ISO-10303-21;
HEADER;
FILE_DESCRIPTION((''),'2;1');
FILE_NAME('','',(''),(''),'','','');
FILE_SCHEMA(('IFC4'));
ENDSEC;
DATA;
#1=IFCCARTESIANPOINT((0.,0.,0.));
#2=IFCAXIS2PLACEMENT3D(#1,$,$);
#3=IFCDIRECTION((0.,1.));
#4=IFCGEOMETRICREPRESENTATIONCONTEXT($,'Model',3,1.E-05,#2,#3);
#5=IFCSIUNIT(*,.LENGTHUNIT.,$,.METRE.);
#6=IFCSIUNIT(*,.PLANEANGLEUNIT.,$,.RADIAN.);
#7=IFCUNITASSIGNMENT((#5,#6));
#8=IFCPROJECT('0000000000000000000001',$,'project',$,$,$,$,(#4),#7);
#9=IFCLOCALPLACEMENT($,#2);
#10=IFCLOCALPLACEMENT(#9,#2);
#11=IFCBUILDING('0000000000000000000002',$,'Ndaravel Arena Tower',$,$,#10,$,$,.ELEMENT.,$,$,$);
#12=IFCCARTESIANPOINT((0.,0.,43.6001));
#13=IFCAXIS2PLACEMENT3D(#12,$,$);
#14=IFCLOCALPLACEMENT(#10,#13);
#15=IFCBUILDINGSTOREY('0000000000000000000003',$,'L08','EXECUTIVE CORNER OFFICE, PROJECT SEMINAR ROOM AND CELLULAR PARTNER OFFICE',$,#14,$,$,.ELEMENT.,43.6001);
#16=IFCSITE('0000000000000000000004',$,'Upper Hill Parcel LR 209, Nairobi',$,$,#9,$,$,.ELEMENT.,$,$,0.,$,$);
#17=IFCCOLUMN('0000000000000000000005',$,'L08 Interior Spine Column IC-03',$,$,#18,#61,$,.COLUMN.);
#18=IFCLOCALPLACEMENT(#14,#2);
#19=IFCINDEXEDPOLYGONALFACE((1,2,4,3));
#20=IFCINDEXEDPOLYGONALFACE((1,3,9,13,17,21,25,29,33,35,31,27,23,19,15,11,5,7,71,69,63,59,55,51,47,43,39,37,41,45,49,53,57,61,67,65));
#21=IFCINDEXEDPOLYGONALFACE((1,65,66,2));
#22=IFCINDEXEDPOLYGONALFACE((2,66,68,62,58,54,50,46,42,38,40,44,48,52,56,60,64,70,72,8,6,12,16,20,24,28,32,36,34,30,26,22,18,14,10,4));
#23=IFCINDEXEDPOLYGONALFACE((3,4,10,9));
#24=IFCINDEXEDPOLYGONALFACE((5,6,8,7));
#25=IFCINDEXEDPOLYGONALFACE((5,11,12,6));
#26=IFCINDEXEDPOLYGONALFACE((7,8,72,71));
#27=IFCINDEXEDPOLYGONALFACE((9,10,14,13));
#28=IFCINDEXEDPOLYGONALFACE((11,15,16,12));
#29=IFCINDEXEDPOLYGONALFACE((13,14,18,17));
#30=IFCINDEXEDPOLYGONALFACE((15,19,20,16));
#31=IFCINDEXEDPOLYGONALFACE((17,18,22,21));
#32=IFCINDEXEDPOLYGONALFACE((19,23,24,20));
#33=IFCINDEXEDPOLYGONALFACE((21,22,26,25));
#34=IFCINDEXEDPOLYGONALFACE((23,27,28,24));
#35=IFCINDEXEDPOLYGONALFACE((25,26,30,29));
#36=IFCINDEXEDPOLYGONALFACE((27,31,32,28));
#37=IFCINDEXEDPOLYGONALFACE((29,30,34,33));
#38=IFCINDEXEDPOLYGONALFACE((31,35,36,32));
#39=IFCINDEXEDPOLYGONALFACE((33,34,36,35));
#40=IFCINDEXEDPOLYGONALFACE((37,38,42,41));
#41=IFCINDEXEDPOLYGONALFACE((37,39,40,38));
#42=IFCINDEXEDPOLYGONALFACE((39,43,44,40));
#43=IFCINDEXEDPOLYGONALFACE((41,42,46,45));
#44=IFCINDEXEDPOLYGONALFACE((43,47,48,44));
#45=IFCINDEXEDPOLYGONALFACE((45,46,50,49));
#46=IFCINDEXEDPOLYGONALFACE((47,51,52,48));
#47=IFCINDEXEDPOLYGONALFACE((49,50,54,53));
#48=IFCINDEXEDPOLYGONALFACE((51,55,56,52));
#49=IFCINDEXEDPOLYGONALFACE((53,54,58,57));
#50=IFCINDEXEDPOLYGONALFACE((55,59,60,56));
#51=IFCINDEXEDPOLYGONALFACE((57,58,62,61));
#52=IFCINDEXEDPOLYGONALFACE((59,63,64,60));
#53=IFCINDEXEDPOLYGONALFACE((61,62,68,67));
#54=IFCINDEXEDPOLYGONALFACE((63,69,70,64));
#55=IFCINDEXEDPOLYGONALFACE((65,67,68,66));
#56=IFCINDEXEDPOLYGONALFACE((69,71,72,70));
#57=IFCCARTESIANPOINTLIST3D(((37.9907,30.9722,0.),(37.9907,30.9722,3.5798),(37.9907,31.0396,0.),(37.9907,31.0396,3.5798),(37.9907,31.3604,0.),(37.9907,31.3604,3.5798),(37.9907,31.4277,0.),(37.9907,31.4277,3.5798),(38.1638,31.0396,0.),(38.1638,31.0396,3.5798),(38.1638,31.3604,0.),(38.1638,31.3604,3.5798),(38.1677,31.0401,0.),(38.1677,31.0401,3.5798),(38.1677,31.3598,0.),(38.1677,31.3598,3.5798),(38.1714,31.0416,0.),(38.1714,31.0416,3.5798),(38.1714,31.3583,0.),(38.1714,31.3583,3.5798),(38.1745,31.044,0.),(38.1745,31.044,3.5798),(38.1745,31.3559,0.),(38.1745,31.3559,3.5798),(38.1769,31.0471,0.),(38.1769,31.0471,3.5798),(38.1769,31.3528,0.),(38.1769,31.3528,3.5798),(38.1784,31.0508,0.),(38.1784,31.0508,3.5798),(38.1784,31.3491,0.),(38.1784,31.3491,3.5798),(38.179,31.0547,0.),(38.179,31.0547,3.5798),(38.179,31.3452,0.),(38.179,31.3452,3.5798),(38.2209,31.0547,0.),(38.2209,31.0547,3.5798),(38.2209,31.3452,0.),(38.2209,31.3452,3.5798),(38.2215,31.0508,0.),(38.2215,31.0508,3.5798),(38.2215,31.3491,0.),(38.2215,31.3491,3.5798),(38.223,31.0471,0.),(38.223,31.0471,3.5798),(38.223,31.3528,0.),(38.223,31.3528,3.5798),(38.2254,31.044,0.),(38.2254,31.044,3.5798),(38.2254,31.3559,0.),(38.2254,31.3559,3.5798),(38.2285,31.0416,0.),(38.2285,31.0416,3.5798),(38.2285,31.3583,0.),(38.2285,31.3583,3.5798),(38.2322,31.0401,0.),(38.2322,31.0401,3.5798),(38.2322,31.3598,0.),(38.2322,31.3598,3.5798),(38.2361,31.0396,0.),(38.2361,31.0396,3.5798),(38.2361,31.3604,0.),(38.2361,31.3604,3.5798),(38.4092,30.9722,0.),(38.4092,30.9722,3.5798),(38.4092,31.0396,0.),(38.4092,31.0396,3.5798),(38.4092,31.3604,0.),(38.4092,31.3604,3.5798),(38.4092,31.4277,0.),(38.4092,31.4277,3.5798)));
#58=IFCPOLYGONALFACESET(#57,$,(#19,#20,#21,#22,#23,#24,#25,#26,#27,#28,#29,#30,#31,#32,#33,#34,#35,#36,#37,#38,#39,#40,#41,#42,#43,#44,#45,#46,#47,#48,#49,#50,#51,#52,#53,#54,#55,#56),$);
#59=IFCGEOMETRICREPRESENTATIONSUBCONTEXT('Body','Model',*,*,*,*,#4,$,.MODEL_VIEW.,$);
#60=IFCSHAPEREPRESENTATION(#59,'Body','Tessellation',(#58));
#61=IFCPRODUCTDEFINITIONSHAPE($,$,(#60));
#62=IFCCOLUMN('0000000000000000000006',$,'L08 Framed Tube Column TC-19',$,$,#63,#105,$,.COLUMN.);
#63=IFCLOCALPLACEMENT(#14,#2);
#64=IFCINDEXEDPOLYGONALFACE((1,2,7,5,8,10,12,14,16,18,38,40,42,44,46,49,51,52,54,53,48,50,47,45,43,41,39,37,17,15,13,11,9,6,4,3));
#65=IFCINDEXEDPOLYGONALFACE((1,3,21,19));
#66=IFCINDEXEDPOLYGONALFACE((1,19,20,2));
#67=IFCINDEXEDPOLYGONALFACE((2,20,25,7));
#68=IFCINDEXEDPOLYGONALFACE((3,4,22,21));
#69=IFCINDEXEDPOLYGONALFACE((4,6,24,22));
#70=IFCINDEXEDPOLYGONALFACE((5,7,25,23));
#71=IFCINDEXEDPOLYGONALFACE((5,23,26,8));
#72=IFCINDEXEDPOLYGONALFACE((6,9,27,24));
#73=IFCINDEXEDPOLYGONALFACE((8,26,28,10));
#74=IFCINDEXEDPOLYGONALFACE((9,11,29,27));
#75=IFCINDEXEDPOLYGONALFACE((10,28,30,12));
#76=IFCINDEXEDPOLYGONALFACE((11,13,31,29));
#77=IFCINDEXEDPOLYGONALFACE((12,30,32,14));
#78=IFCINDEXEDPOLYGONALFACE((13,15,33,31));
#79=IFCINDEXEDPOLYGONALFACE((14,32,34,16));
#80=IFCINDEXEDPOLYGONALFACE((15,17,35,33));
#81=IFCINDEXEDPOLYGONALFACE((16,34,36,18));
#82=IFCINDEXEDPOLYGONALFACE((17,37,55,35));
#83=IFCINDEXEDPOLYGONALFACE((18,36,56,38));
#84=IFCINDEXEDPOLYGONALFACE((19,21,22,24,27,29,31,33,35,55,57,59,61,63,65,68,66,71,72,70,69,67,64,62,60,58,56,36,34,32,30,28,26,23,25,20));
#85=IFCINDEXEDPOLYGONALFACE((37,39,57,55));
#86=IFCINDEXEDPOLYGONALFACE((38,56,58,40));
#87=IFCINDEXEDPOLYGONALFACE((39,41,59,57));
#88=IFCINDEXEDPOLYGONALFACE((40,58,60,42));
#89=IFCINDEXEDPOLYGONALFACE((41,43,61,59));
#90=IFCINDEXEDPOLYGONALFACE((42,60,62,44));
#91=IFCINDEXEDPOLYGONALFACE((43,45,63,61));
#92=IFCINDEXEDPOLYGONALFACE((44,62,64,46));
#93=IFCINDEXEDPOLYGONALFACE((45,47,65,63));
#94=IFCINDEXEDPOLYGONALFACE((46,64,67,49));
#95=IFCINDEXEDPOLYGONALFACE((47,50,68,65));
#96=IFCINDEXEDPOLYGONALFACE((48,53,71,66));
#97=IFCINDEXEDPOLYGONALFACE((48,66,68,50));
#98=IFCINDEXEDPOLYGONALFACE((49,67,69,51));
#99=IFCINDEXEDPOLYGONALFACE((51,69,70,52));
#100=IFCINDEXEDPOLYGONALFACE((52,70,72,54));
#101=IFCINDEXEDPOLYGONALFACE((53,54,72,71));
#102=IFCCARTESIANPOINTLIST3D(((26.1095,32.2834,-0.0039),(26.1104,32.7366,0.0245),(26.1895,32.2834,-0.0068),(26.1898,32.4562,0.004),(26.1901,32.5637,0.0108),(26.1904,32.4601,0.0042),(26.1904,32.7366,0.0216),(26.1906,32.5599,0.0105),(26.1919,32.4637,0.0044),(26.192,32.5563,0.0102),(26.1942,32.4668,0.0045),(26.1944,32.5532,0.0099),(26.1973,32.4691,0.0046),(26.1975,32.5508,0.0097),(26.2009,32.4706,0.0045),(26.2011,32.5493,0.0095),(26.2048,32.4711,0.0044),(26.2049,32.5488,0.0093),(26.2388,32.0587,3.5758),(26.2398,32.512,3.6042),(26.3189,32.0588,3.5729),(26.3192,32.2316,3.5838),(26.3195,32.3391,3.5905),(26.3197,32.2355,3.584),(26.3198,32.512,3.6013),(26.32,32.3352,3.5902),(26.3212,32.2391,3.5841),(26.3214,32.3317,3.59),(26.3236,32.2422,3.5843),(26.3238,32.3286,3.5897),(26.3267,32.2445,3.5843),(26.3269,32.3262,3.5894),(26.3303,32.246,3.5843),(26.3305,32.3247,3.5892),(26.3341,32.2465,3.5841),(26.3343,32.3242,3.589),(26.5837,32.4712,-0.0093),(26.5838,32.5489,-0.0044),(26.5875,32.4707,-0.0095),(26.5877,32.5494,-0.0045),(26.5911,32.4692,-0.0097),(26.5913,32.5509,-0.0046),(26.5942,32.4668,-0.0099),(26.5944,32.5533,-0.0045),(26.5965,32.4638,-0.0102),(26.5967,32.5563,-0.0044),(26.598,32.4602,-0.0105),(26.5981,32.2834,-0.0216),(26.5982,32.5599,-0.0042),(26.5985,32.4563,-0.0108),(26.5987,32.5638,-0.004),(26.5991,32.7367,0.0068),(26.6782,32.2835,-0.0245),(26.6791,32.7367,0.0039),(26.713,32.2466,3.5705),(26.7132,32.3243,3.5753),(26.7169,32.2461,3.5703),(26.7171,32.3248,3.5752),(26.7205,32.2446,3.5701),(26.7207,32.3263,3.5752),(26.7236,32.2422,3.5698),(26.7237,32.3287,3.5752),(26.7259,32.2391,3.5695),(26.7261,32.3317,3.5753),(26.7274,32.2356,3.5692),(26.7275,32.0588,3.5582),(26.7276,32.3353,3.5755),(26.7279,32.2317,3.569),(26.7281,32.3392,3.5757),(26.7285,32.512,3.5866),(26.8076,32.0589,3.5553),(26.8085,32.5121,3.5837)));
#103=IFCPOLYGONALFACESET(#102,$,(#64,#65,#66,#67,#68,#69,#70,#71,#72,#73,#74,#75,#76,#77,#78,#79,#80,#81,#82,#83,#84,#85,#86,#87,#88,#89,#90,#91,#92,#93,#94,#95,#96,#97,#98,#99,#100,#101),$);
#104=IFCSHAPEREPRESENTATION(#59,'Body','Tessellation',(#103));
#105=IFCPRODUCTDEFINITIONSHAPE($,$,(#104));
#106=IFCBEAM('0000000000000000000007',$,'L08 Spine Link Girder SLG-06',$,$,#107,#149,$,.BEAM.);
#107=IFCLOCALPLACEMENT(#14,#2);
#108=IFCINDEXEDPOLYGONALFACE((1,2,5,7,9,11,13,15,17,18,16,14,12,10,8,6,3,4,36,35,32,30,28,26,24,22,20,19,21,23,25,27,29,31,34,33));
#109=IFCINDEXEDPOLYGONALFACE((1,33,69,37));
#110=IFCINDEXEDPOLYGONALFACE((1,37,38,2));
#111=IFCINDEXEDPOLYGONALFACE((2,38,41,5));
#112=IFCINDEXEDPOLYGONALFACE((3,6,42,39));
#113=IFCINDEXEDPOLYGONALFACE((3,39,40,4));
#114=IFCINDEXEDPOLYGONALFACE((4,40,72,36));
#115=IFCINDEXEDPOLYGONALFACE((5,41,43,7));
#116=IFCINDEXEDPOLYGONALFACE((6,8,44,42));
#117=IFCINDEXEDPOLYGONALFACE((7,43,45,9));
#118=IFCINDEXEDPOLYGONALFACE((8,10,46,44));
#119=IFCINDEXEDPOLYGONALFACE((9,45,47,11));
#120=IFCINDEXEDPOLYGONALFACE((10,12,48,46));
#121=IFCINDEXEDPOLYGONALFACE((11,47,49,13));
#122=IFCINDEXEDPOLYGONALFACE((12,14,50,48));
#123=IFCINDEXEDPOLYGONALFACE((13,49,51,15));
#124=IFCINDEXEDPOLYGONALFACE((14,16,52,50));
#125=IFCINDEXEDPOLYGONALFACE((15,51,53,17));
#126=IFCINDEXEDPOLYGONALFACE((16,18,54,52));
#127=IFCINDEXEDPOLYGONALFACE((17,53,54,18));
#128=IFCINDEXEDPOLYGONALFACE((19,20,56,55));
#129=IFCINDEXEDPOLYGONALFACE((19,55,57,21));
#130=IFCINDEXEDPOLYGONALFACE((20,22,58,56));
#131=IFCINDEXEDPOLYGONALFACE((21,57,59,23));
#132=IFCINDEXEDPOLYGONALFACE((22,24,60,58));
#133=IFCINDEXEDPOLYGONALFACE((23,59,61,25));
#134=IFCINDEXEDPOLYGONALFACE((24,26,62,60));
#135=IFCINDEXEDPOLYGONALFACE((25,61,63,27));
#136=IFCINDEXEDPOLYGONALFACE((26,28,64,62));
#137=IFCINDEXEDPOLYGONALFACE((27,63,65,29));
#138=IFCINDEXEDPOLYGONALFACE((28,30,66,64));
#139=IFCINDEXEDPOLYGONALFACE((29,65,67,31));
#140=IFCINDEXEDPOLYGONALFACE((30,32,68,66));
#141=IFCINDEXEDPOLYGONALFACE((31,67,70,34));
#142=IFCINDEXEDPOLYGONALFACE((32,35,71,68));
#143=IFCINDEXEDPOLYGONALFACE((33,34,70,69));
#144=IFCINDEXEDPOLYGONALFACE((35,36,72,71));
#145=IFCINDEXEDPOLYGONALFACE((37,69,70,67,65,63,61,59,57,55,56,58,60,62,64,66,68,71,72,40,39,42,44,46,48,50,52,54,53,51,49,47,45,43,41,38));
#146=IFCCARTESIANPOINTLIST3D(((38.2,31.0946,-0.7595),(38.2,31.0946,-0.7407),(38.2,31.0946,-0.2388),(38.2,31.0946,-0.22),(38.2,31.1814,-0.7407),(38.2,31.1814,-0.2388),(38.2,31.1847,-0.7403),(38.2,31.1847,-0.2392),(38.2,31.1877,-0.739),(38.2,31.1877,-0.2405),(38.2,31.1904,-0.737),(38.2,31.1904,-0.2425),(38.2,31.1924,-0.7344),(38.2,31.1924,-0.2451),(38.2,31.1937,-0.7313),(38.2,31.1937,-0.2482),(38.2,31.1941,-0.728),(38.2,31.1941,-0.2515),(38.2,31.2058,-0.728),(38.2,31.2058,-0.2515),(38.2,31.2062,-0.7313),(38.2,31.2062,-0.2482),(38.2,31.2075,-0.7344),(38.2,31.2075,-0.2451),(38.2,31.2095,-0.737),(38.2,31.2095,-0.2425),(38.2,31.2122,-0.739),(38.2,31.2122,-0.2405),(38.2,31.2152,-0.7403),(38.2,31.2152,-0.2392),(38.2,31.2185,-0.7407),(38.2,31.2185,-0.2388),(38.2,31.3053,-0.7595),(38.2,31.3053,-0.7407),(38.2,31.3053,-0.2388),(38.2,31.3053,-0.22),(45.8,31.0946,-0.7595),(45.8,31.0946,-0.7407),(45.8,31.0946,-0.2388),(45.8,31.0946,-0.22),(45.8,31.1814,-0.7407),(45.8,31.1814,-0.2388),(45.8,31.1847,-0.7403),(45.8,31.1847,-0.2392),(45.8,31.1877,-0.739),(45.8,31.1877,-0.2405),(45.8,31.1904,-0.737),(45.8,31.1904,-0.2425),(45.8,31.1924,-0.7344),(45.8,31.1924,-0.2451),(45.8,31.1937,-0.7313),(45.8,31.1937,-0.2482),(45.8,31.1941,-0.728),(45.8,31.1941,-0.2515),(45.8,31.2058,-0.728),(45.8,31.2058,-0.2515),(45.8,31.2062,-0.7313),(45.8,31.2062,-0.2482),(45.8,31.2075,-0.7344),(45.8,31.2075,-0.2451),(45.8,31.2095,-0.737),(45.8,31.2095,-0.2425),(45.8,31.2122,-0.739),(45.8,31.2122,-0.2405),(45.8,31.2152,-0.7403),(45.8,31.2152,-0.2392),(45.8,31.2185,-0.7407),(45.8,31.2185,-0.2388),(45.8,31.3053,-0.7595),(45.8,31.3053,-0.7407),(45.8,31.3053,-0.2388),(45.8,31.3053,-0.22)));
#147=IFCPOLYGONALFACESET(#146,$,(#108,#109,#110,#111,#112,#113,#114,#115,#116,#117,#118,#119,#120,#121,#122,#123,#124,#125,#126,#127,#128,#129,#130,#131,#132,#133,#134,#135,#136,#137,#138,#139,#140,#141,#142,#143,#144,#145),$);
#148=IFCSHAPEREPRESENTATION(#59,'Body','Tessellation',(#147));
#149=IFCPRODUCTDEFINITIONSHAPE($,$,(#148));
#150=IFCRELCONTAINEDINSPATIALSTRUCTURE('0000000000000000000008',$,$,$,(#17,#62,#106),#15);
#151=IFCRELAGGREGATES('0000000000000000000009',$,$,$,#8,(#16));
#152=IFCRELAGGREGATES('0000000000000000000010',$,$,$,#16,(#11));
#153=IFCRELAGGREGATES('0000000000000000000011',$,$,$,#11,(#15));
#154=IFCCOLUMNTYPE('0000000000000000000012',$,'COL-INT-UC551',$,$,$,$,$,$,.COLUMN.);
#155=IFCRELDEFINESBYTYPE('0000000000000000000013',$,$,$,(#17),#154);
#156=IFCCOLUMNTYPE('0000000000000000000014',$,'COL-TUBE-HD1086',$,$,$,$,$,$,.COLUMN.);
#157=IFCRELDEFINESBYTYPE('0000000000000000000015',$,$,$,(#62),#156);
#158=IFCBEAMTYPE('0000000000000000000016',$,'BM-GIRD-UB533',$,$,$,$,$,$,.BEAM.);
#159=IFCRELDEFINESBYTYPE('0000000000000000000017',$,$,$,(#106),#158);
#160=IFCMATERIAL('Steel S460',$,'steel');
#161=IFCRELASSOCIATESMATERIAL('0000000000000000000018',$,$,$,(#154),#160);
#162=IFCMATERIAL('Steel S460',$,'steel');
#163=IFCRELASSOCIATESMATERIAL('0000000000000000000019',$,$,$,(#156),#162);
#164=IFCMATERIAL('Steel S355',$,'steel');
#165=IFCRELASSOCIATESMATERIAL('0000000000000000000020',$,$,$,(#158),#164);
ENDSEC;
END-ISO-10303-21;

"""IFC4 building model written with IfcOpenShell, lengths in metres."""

from ifc_helpers import new_model, si_unit, direction, frame, origin, origin_2d, place, context, subcontext, project, spatial, i_section, extrude, material, material_profile, profile_set, type_object, element, save


model = new_model("IFC4")

# Units and contexts
model_context = context("Model", 3, precision=1e-05, world=origin(), true_north=direction((0.0, 1.0)))
body_context = subcontext(model_context, "Body", "Model", "MODEL_VIEW")
ifc_project = project(units=[si_unit("LENGTHUNIT", "METRE"), si_unit("PLANEANGLEUNIT", "RADIAN")], contexts=[model_context])

# Site, building, storey
site_placement = place(None, origin())
site = spatial("IfcSite", under=ifc_project, at=site_placement, Name="Upper Hill Parcel LR 209, Nairobi", CompositionType="ELEMENT", RefElevation=0.0)
building_placement = place(site_placement, origin())
building = spatial("IfcBuilding", under=site, at=building_placement, Name="Ndaravel Arena Tower", CompositionType="ELEMENT")
storey_placement = place(building_placement, frame((0.0, 0.0, 43.6001)))
storey = spatial("IfcBuildingStorey", under=building, at=storey_placement, Name="L08", Description="EXECUTIVE CORNER OFFICE, PROJECT SEMINAR ROOM AND CELLULAR PARTNER OFFICE", CompositionType="ELEMENT", Elevation=43.6001)

# Columns
ifc_material_1 = material(Name="Steel S460", Category="steel")
ifc_material_profile_1 = material_profile(ifc_material_1, i_section(OverallWidth=0.4185, OverallDepth=0.4556, WebThickness=0.042, FlangeThickness=0.0674, FilletRadius=0.0151, at=origin_2d()), Name="UC 356x406x551")
ifc_profile_set_1 = profile_set([ifc_material_profile_1], Name="Steel S460")
column_type_1 = type_object("IfcColumnType", Name="COL-INT-UC551", PredefinedType="COLUMN", material=ifc_profile_set_1)
column_1_placement = place(storey_placement, frame((38.2, 31.2, 0.0), z_axis=(0.0, 0.0, 1.0), x_axis=(1.0, 0.0, 0.0)))
element("IfcColumn", 1, at=column_1_placement, inside=storey, type_object=column_type_1, Name="L08 Interior Spine Column IC-03", PredefinedType="COLUMN", context=body_context, shape_type="SweptSolid", body=[
    extrude(i_section(OverallWidth=0.4185, OverallDepth=0.4556, WebThickness=0.042, FlangeThickness=0.0674, FilletRadius=0.0151, at=origin_2d()), origin(), (0.0, 0.0, 1.0), 3.5798),
])
ifc_material_2 = material(Name="Steel S460", Category="steel")
ifc_material_profile_2 = material_profile(ifc_material_2, i_section(OverallWidth=0.4541, OverallDepth=0.5691, WebThickness=0.0779, FlangeThickness=0.0801, FilletRadius=0.0149, at=origin_2d()), Name="HD 400x1086")
ifc_profile_set_2 = profile_set([ifc_material_profile_2], Name="Steel S460")
column_type_2 = type_object("IfcColumnType", Name="COL-TUBE-HD1086", PredefinedType="COLUMN", material=ifc_profile_set_2)
column_2_placement = place(storey_placement, frame((26.3943, 32.51, 0.0), z_axis=(0.036051, -0.062579, 0.997389), x_axis=(0.002077, 0.99804, 0.062545)))
element("IfcColumn", 2, at=column_2_placement, inside=storey, type_object=column_type_2, Name="L08 Framed Tube Column TC-19", PredefinedType="COLUMN", context=body_context, shape_type="SweptSolid", body=[
    extrude(i_section(OverallWidth=0.4541, OverallDepth=0.5691, WebThickness=0.0779, FlangeThickness=0.0801, FilletRadius=0.0149, at=origin_2d()), origin(), (0.0, 0.0, 1.0), 3.5891),
])

# Beam
ifc_material_3 = material(Name="Steel S355", Category="steel")
ifc_material_profile_3 = material_profile(ifc_material_3, i_section(OverallWidth=0.2107, OverallDepth=0.5396, WebThickness=0.0117, FlangeThickness=0.0188, FilletRadius=0.0127, at=origin_2d()), Name="UB 533x210x109")
ifc_profile_set_3 = profile_set([ifc_material_profile_3], Name="Steel S355")
beam_type_1 = type_object("IfcBeamType", Name="BM-GIRD-UB533", PredefinedType="BEAM", material=ifc_profile_set_3)
beam_1_placement = place(storey_placement, frame((38.2, 31.2, -0.4897), z_axis=(1.0, 0.0, 0.0), x_axis=(0.0, 1.0, 0.0)))
element("IfcBeam", 3, at=beam_1_placement, inside=storey, type_object=beam_type_1, Name="L08 Spine Link Girder SLG-06", PredefinedType="BEAM", context=body_context, shape_type="SweptSolid", body=[
    extrude(i_section(OverallWidth=0.2107, OverallDepth=0.5396, WebThickness=0.0117, FlangeThickness=0.0188, FilletRadius=0.0127, at=origin_2d()), origin(), (0.0, 0.0, 1.0), 7.6001),
])

save(model, "model.ifc")
